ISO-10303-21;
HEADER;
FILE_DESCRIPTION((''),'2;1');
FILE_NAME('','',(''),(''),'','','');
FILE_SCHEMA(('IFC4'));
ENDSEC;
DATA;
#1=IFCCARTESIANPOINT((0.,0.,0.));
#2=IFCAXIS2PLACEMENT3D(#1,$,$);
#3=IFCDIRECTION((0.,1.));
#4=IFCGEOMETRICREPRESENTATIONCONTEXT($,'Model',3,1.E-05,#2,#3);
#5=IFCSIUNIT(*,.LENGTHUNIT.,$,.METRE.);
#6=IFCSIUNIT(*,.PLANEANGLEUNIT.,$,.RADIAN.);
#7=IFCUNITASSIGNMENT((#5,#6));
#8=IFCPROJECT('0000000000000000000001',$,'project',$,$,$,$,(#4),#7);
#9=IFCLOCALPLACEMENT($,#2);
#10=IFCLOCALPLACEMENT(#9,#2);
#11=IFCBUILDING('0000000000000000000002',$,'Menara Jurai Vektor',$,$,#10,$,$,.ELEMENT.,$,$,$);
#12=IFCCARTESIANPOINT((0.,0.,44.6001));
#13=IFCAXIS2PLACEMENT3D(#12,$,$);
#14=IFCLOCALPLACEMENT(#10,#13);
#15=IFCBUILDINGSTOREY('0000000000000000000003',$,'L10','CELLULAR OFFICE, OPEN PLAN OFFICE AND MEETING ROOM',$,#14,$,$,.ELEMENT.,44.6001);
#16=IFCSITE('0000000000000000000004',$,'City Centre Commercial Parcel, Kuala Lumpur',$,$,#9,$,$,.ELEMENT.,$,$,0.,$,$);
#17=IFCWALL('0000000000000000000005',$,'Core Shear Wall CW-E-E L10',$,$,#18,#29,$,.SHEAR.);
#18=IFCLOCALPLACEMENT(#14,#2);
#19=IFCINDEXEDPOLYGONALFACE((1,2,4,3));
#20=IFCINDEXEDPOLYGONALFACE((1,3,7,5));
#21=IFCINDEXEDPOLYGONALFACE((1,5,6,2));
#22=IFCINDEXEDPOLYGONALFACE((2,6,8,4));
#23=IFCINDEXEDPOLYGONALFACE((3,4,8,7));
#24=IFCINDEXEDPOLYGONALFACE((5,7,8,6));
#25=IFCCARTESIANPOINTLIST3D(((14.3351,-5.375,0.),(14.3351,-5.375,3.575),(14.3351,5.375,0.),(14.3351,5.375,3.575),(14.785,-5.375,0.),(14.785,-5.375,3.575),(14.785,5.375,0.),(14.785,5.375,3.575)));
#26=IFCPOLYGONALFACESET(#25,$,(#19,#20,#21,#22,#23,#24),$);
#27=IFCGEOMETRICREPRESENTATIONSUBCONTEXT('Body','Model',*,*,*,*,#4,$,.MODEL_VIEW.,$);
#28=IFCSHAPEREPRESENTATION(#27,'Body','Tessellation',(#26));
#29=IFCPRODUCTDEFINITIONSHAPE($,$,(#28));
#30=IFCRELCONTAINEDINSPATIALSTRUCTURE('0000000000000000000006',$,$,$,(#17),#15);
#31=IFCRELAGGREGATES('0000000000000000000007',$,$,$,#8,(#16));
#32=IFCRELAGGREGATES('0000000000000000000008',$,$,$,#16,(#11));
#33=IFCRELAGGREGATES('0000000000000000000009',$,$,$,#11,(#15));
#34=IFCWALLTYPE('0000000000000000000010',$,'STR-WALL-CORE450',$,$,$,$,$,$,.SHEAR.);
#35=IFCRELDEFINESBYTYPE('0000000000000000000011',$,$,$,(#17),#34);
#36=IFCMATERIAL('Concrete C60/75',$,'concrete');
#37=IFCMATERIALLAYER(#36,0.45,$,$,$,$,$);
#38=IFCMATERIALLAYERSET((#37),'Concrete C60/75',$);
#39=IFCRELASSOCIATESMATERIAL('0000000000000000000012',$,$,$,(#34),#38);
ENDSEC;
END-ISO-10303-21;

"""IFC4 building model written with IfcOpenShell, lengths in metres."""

from ifc_helpers import new_model, si_unit, direction, frame, frame_2d, origin, place, context, subcontext, project, spatial, rectangle, extrude, material, layer, layer_set, type_object, element, save


model = new_model("IFC4")

# Units and contexts
model_context = context("Model", 3, precision=1e-05, world=origin(), true_north=direction((0.0, 1.0)))
body_context = subcontext(model_context, "Body", "Model", "MODEL_VIEW")
ifc_project = project(units=[si_unit("LENGTHUNIT", "METRE"), si_unit("PLANEANGLEUNIT", "RADIAN")], contexts=[model_context])

# Site, building, storey
site_placement = place(None, origin())
site = spatial("IfcSite", under=ifc_project, at=site_placement, Name="City Centre Commercial Parcel, Kuala Lumpur", CompositionType="ELEMENT", RefElevation=0.0)
building_placement = place(site_placement, origin())
building = spatial("IfcBuilding", under=site, at=building_placement, Name="Menara Jurai Vektor", CompositionType="ELEMENT")
storey_placement = place(building_placement, frame((0.0, 0.0, 44.6001)))
storey = spatial("IfcBuildingStorey", under=building, at=storey_placement, Name="L10", Description="CELLULAR OFFICE, OPEN PLAN OFFICE AND MEETING ROOM", CompositionType="ELEMENT", Elevation=44.6001)

# Shared definitions
ifc_material_1 = material(Name="Concrete C60/75", Category="concrete")

# Wall
ifc_layer_1 = layer(ifc_material_1, 0.45)
ifc_layer_set_1 = layer_set([ifc_layer_1], Name="Concrete C60/75")
wall_type_1 = type_object("IfcWallType", Name="STR-WALL-CORE450", PredefinedType="SHEAR", material=ifc_layer_set_1)
wall_1_placement = place(storey_placement, frame((14.5601, -5.375, 0.0), z_axis=(0.0, 0.0, 1.0), x_axis=(0.0, 1.0, 0.0)))
element("IfcWall", 1, at=wall_1_placement, inside=storey, type_object=wall_type_1, Name="Core Shear Wall CW-E-E L10", PredefinedType="SHEAR", context=body_context, shape_type="SweptSolid", body=[
    extrude(rectangle(XDim=10.75, YDim=0.45, at=frame_2d((5.375, 0.0))), origin(), (0.0, 0.0, 1.0), 3.575),
])

save(model, "model.ifc")
